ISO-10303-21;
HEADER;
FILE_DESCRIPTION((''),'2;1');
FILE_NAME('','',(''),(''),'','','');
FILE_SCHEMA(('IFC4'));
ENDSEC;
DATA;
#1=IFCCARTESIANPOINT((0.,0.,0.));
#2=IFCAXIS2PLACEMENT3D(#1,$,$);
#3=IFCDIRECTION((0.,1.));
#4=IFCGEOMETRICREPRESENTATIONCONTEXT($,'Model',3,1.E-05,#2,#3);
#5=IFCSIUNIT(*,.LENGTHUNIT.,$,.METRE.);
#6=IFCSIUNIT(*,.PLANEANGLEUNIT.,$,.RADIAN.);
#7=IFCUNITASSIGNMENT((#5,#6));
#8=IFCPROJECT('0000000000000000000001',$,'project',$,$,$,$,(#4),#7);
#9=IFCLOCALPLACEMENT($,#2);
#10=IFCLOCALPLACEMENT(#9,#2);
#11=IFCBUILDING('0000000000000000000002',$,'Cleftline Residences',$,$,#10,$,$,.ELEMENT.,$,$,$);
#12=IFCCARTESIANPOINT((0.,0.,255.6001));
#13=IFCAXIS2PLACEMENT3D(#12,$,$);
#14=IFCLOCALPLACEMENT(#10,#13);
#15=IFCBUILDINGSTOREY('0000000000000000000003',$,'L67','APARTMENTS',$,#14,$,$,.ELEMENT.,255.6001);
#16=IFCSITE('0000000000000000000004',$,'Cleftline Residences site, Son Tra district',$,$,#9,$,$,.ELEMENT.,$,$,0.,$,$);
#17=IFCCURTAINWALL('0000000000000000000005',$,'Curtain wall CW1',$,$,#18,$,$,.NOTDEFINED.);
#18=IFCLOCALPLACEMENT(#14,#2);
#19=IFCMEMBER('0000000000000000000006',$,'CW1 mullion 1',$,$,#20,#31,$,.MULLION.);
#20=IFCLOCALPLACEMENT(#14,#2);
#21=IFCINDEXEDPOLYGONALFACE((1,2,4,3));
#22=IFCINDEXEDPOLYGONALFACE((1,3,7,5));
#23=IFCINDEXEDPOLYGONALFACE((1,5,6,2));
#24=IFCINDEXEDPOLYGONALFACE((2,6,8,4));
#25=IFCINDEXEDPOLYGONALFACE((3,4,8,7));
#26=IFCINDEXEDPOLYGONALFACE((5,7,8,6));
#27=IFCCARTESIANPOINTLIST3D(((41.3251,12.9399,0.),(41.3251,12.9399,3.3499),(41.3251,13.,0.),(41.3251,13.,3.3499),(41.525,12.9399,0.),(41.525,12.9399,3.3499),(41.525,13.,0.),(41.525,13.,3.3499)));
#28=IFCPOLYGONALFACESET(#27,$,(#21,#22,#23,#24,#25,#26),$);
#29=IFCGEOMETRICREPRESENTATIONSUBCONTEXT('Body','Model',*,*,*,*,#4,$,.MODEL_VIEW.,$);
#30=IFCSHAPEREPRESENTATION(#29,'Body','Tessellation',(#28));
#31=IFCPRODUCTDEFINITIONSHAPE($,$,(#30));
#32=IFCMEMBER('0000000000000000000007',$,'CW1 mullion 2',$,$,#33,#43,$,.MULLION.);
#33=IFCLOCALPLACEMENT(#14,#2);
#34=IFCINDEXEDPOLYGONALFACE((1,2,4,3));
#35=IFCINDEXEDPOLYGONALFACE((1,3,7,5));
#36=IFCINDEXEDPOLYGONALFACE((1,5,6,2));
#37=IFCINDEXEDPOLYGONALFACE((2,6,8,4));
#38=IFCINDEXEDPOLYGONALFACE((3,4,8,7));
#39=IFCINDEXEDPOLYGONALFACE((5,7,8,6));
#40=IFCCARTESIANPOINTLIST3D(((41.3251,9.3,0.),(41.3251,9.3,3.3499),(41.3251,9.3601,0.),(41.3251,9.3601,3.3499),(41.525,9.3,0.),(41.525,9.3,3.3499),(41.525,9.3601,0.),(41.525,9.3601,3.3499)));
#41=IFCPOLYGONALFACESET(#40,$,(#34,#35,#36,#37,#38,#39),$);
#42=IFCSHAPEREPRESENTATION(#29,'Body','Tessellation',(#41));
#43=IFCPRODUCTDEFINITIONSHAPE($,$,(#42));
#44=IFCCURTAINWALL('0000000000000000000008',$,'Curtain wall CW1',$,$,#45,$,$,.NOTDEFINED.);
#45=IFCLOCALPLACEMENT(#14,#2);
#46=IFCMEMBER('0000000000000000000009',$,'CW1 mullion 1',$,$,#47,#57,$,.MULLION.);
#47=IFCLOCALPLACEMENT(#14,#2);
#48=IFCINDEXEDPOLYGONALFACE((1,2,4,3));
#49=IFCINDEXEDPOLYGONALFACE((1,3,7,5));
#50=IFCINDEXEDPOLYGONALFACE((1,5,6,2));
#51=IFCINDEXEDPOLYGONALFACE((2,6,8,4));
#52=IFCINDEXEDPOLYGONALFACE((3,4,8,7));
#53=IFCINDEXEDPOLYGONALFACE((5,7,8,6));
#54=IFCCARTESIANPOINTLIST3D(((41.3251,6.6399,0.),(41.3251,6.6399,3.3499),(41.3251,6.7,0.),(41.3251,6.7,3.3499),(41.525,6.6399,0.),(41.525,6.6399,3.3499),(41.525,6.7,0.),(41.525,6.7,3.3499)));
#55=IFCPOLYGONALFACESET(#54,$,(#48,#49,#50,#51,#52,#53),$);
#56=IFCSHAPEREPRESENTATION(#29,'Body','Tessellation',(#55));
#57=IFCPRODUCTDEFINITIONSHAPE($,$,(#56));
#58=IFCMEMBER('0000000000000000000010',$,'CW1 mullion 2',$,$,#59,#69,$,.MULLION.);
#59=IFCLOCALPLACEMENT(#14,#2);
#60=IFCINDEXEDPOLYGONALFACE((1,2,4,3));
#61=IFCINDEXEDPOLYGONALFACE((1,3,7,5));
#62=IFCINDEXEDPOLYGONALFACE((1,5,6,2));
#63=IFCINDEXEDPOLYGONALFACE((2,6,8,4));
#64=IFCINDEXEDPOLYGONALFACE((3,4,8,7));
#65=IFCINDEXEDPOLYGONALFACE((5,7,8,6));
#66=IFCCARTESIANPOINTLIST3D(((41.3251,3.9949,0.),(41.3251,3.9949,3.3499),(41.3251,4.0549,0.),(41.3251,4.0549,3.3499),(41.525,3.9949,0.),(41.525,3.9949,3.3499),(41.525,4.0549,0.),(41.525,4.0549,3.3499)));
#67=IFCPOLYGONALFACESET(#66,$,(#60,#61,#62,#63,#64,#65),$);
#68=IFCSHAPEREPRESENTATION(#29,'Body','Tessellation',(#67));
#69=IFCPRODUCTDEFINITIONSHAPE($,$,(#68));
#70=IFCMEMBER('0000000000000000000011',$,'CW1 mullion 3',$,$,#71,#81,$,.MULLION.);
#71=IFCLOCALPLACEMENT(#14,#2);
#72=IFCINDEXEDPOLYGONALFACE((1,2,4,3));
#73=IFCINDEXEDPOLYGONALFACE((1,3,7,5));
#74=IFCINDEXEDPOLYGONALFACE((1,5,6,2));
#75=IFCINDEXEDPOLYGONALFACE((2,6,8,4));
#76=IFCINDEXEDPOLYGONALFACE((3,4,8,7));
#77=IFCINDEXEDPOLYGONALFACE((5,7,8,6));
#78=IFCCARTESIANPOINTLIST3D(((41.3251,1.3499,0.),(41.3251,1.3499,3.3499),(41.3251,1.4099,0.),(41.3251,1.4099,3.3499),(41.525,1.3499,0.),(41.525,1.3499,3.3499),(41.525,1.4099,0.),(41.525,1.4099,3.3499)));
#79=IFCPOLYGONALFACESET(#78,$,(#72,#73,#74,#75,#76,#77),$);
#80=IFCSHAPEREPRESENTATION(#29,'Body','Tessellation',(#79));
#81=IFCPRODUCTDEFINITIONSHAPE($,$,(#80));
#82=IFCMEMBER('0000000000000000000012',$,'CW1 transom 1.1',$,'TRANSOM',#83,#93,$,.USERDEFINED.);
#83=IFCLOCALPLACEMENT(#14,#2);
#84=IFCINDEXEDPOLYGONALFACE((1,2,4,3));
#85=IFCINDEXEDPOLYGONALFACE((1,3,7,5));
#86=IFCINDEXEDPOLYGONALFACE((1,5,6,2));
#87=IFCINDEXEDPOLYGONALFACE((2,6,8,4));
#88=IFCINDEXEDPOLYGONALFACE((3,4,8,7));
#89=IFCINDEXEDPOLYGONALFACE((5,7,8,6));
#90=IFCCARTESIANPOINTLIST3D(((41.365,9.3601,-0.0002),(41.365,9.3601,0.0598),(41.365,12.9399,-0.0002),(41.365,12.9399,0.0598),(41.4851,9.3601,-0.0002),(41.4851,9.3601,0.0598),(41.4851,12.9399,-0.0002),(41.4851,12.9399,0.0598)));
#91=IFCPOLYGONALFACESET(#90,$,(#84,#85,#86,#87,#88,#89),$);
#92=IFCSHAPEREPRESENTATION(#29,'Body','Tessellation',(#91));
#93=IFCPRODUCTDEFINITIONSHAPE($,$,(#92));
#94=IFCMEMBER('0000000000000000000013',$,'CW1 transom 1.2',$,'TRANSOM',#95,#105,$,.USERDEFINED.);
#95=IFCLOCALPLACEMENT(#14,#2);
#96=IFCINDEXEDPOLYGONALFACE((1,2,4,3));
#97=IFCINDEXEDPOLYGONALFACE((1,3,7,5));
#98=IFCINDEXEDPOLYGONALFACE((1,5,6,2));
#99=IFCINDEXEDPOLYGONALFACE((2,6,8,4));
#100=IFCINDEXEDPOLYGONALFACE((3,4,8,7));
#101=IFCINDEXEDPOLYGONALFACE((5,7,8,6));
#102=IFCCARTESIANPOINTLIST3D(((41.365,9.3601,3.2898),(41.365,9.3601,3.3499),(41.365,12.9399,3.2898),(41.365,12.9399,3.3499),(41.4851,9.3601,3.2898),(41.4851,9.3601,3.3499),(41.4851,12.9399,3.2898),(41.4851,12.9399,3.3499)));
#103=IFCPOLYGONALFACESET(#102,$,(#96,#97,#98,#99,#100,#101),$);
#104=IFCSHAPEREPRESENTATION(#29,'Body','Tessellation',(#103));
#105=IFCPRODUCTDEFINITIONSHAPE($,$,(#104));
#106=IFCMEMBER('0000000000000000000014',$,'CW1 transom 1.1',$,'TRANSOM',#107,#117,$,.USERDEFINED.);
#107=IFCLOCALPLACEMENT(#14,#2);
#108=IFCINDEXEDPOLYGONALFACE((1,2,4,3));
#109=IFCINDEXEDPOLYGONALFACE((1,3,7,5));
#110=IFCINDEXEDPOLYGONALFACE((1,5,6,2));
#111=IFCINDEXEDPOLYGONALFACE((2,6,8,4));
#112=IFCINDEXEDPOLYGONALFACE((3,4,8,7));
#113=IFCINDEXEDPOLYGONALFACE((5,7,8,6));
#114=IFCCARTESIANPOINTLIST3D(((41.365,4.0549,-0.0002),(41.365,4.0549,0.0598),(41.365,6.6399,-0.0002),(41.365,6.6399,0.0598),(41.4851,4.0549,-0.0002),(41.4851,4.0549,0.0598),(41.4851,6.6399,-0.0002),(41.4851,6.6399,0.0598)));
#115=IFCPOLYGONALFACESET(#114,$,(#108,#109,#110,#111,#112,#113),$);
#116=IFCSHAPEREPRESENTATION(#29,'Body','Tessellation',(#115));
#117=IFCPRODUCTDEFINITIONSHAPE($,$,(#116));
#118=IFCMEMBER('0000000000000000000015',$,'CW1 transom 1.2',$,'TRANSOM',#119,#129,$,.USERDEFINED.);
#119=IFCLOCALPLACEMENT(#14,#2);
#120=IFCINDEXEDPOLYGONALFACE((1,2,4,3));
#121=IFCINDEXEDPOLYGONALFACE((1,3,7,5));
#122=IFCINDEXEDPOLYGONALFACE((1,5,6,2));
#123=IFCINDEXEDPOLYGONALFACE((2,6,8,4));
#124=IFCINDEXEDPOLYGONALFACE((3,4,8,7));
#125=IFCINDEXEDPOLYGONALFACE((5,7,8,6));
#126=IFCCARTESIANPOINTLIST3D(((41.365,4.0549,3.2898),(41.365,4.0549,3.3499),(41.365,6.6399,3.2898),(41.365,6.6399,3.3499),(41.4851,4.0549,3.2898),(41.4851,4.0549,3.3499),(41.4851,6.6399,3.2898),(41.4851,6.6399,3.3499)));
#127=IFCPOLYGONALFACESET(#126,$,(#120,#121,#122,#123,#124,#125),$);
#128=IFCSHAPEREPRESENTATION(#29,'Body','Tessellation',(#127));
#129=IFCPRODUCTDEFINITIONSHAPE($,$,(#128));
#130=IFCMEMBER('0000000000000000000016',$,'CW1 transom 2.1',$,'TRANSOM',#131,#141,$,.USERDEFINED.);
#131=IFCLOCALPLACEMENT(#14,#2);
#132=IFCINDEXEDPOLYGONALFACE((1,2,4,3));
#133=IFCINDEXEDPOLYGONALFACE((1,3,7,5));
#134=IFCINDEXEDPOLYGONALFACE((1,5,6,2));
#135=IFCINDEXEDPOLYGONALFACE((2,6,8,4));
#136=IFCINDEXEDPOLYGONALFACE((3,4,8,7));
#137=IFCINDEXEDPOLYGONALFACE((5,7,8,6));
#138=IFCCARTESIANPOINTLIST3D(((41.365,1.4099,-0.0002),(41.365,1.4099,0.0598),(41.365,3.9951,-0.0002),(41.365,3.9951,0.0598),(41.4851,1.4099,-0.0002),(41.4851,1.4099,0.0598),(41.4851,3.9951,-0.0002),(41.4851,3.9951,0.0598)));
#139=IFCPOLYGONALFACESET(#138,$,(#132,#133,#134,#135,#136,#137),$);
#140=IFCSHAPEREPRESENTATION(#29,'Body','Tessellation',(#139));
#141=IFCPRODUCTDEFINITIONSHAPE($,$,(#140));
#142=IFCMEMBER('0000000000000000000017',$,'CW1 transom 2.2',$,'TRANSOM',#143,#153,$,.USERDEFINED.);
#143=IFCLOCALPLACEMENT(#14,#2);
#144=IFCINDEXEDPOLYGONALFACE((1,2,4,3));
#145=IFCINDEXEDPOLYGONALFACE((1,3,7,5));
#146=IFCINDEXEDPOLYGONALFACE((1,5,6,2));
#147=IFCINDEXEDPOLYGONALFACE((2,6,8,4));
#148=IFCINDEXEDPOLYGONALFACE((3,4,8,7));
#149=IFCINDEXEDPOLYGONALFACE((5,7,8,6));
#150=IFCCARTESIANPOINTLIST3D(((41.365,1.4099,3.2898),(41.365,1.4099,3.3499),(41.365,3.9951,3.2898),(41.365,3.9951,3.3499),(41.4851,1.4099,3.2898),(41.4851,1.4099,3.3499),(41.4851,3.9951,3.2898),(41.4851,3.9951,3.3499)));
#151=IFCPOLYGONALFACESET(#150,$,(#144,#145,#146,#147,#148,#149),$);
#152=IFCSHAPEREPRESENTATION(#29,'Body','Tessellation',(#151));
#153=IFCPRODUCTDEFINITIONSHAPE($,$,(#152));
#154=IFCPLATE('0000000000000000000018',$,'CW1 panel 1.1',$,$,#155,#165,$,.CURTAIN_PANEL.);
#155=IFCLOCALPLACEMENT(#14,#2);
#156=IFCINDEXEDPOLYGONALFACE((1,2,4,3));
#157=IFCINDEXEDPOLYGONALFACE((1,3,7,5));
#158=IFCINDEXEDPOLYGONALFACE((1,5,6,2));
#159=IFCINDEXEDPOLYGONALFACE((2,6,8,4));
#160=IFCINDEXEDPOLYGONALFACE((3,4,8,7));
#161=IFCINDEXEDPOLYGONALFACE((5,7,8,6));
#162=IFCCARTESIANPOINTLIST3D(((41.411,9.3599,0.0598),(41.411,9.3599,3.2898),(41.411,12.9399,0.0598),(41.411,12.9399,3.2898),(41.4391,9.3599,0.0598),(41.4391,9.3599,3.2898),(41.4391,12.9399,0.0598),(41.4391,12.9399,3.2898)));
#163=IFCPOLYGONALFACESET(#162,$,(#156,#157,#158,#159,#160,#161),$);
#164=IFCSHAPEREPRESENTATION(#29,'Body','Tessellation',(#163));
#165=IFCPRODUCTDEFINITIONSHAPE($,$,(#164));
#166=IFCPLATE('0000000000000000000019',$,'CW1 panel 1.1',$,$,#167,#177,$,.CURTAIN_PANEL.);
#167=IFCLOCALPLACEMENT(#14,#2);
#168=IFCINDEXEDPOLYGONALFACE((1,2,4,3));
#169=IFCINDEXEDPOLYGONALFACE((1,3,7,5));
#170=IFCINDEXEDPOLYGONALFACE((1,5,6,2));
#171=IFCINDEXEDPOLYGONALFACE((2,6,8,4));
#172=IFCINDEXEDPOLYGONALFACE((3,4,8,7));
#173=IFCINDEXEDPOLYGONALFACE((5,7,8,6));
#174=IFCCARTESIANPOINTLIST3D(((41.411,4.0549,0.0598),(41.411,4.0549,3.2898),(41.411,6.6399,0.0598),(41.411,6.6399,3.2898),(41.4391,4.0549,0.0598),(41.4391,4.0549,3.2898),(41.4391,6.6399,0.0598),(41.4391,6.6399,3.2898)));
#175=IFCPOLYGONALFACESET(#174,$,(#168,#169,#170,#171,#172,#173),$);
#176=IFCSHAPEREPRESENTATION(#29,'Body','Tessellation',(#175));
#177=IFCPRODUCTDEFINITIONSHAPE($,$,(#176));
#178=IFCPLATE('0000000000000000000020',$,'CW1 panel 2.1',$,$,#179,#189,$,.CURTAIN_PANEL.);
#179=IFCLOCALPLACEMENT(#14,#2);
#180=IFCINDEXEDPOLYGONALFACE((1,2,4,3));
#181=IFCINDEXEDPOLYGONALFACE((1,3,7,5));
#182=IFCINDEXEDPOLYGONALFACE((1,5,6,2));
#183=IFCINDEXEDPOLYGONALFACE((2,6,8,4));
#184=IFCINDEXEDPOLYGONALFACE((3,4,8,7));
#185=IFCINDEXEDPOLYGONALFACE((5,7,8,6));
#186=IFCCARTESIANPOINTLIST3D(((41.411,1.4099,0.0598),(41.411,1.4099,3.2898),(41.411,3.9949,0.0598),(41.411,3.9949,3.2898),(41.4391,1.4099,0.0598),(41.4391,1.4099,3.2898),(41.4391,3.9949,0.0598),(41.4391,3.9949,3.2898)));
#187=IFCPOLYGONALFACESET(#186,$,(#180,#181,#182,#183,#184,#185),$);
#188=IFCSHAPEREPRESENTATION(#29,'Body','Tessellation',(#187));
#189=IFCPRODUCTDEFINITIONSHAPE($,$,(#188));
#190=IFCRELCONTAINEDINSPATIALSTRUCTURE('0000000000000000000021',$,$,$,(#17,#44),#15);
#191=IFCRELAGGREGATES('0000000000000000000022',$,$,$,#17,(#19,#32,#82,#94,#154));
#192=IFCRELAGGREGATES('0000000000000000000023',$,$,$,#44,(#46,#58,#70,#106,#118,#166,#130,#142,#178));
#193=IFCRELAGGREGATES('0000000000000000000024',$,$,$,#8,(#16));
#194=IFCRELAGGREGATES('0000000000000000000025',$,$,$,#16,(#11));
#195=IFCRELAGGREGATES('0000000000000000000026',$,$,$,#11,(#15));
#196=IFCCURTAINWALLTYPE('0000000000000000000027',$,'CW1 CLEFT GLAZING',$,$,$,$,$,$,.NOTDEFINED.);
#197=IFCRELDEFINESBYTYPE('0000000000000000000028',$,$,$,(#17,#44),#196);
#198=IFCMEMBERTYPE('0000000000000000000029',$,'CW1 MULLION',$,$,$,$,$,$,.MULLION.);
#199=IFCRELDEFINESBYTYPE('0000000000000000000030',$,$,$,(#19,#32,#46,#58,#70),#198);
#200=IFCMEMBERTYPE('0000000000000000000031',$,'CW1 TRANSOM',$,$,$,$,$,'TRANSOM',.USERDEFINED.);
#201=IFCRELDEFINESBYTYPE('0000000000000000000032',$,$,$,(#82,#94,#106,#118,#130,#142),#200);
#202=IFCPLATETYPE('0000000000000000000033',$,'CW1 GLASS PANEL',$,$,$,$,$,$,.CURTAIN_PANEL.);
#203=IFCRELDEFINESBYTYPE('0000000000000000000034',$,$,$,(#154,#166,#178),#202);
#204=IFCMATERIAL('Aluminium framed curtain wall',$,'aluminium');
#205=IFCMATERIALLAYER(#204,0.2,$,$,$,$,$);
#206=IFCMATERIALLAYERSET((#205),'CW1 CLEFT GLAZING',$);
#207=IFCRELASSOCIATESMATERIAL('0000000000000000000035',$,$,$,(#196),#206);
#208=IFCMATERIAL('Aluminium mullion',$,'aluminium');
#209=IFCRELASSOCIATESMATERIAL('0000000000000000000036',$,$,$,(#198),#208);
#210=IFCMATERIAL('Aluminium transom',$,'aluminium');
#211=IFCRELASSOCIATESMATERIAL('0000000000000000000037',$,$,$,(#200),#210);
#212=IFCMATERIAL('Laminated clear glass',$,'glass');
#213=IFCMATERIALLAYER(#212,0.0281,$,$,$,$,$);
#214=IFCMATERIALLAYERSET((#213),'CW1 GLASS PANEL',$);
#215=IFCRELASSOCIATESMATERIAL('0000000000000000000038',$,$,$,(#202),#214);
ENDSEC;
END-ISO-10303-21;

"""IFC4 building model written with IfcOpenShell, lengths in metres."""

from ifc_helpers import new_model, si_unit, direction, frame, origin, origin_2d, place, context, subcontext, project, spatial, rectangle, extrude, material, layer, layer_set, material_profile, profile_set, type_object, element, aggregate, save


model = new_model("IFC4")

# Units and contexts
model_context = context("Model", 3, precision=1e-05, world=origin(), true_north=direction((0.0, 1.0)))
body_context = subcontext(model_context, "Body", "Model", "MODEL_VIEW")
ifc_project = project(units=[si_unit("LENGTHUNIT", "METRE"), si_unit("PLANEANGLEUNIT", "RADIAN")], contexts=[model_context])

# Site, building, storey
site_placement = place(None, origin())
site = spatial("IfcSite", under=ifc_project, at=site_placement, Name="Cleftline Residences site, Son Tra district", CompositionType="ELEMENT", RefElevation=0.0)
building_placement = place(site_placement, origin())
building = spatial("IfcBuilding", under=site, at=building_placement, Name="Cleftline Residences", CompositionType="ELEMENT")
storey_placement = place(building_placement, frame((0.0, 0.0, 255.6001)))
storey = spatial("IfcBuildingStorey", under=building, at=storey_placement, Name="L67", Description="APARTMENTS", CompositionType="ELEMENT", Elevation=255.6001)

# Curtain walls, members
ifc_material_1 = material(Name="Aluminium framed curtain wall", Category="aluminium")
ifc_layer_1 = layer(ifc_material_1, 0.2)
ifc_layer_set_1 = layer_set([ifc_layer_1], Name="CW1 CLEFT GLAZING")
curtain_wall_type = type_object("IfcCurtainWallType", Name="CW1 CLEFT GLAZING", PredefinedType="NOTDEFINED", material=ifc_layer_set_1)
curtain_wall_1_placement = place(storey_placement, origin())
curtain_wall_1 = element("IfcCurtainWall", 1, at=curtain_wall_1_placement, inside=storey, type_object=curtain_wall_type, Name="Curtain wall CW1", PredefinedType="NOTDEFINED")
ifc_material_2 = material(Name="Aluminium mullion", Category="aluminium")
ifc_material_profile_1 = material_profile(ifc_material_2, rectangle(XDim=0.2, YDim=0.0601, at=origin_2d()))
ifc_profile_set_1 = profile_set([ifc_material_profile_1], Name="Aluminium mullion")
member_type_1 = type_object("IfcMemberType", Name="CW1 MULLION", PredefinedType="MULLION", material=ifc_profile_set_1)
member_1_placement = place(storey_placement, frame((41.425, 12.97, 0.0), z_axis=(0.0, 0.0, 1.0), x_axis=(1.0, 0.0, 0.0)))
member_1 = element("IfcMember", 2, at=member_1_placement, type_object=member_type_1, Name="CW1 mullion 1", PredefinedType="MULLION", context=body_context, shape_type="SweptSolid", body=[
    extrude(rectangle(XDim=0.2, YDim=0.0601, at=origin_2d()), origin(), (0.0, 0.0, 1.0), 3.3499),
])
member_2_placement = place(storey_placement, frame((41.425, 9.3301, 0.0), z_axis=(0.0, 0.0, 1.0), x_axis=(1.0, 0.0, 0.0)))
member_2 = element("IfcMember", 3, at=member_2_placement, type_object=member_type_1, Name="CW1 mullion 2", PredefinedType="MULLION", context=body_context, shape_type="SweptSolid", body=[
    extrude(rectangle(XDim=0.2, YDim=0.0601, at=origin_2d()), origin(), (0.0, 0.0, 1.0), 3.3499),
])
curtain_wall_2_placement = place(storey_placement, origin())
curtain_wall_2 = element("IfcCurtainWall", 4, at=curtain_wall_2_placement, inside=storey, type_object=curtain_wall_type, Name="Curtain wall CW1", PredefinedType="NOTDEFINED")
member_3_placement = place(storey_placement, frame((41.425, 6.6699, 0.0), z_axis=(0.0, 0.0, 1.0), x_axis=(1.0, 0.0, 0.0)))
member_3 = element("IfcMember", 5, at=member_3_placement, type_object=member_type_1, Name="CW1 mullion 1", PredefinedType="MULLION", context=body_context, shape_type="SweptSolid", body=[
    extrude(rectangle(XDim=0.2, YDim=0.0601, at=origin_2d()), origin(), (0.0, 0.0, 1.0), 3.3499),
])
member_4_placement = place(storey_placement, frame((41.425, 4.0249, 0.0), z_axis=(0.0, 0.0, 1.0), x_axis=(1.0, 0.0, 0.0)))
member_4 = element("IfcMember", 6, at=member_4_placement, type_object=member_type_1, Name="CW1 mullion 2", PredefinedType="MULLION", context=body_context, shape_type="SweptSolid", body=[
    extrude(rectangle(XDim=0.2, YDim=0.0601, at=origin_2d()), origin(), (0.0, 0.0, 1.0), 3.3499),
])
member_5_placement = place(storey_placement, frame((41.425, 1.3799, 0.0), z_axis=(0.0, 0.0, 1.0), x_axis=(1.0, 0.0, 0.0)))
member_5 = element("IfcMember", 7, at=member_5_placement, type_object=member_type_1, Name="CW1 mullion 3", PredefinedType="MULLION", context=body_context, shape_type="SweptSolid", body=[
    extrude(rectangle(XDim=0.2, YDim=0.0601, at=origin_2d()), origin(), (0.0, 0.0, 1.0), 3.3499),
])

# Members
ifc_material_3 = material(Name="Aluminium transom", Category="aluminium")
ifc_material_profile_2 = material_profile(ifc_material_3, rectangle(XDim=0.1201, YDim=0.0601, at=origin_2d()))
ifc_profile_set_2 = profile_set([ifc_material_profile_2], Name="Aluminium transom")
member_type_2 = type_object("IfcMemberType", Name="CW1 TRANSOM", ElementType="TRANSOM", PredefinedType="USERDEFINED", material=ifc_profile_set_2)
member_6_placement = place(storey_placement, frame((41.425, 12.9399, 0.0298), z_axis=(0.0, -1.0, 0.0), x_axis=(1.0, 0.0, 0.0)))
member_6 = element("IfcMember", 8, at=member_6_placement, type_object=member_type_2, Name="CW1 transom 1.1", ObjectType="TRANSOM", PredefinedType="USERDEFINED", context=body_context, shape_type="SweptSolid", body=[
    extrude(rectangle(XDim=0.1201, YDim=0.0601, at=origin_2d()), origin(), (0.0, 0.0, 1.0), 3.5798),
])
member_7_placement = place(storey_placement, frame((41.425, 12.9399, 3.3198), z_axis=(0.0, -1.0, 0.0), x_axis=(1.0, 0.0, 0.0)))
member_7 = element("IfcMember", 9, at=member_7_placement, type_object=member_type_2, Name="CW1 transom 1.2", ObjectType="TRANSOM", PredefinedType="USERDEFINED", context=body_context, shape_type="SweptSolid", body=[
    extrude(rectangle(XDim=0.1201, YDim=0.0601, at=origin_2d()), origin(), (0.0, 0.0, 1.0), 3.5798),
])
member_8_placement = place(storey_placement, frame((41.425, 6.6399, 0.0298), z_axis=(0.0, -1.0, 0.0), x_axis=(1.0, 0.0, 0.0)))
member_8 = element("IfcMember", 10, at=member_8_placement, type_object=member_type_2, Name="CW1 transom 1.1", ObjectType="TRANSOM", PredefinedType="USERDEFINED", context=body_context, shape_type="SweptSolid", body=[
    extrude(rectangle(XDim=0.1201, YDim=0.0601, at=origin_2d()), origin(), (0.0, 0.0, 1.0), 2.585),
])
member_9_placement = place(storey_placement, frame((41.425, 6.6399, 3.3198), z_axis=(0.0, -1.0, 0.0), x_axis=(1.0, 0.0, 0.0)))
member_9 = element("IfcMember", 11, at=member_9_placement, type_object=member_type_2, Name="CW1 transom 1.2", ObjectType="TRANSOM", PredefinedType="USERDEFINED", context=body_context, shape_type="SweptSolid", body=[
    extrude(rectangle(XDim=0.1201, YDim=0.0601, at=origin_2d()), origin(), (0.0, 0.0, 1.0), 2.585),
])
member_10_placement = place(storey_placement, frame((41.425, 3.9951, 0.0298), z_axis=(0.0, -1.0, 0.0), x_axis=(1.0, 0.0, 0.0)))
member_10 = element("IfcMember", 12, at=member_10_placement, type_object=member_type_2, Name="CW1 transom 2.1", ObjectType="TRANSOM", PredefinedType="USERDEFINED", context=body_context, shape_type="SweptSolid", body=[
    extrude(rectangle(XDim=0.1201, YDim=0.0601, at=origin_2d()), origin(), (0.0, 0.0, 1.0), 2.5852),
])
member_11_placement = place(storey_placement, frame((41.425, 3.9951, 3.3198), z_axis=(0.0, -1.0, 0.0), x_axis=(1.0, 0.0, 0.0)))
member_11 = element("IfcMember", 13, at=member_11_placement, type_object=member_type_2, Name="CW1 transom 2.2", ObjectType="TRANSOM", PredefinedType="USERDEFINED", context=body_context, shape_type="SweptSolid", body=[
    extrude(rectangle(XDim=0.1201, YDim=0.0601, at=origin_2d()), origin(), (0.0, 0.0, 1.0), 2.5852),
])

# Plates
ifc_material_4 = material(Name="Laminated clear glass", Category="glass")
ifc_layer_2 = layer(ifc_material_4, 0.0281)
ifc_layer_set_2 = layer_set([ifc_layer_2], Name="CW1 GLASS PANEL")
plate_type = type_object("IfcPlateType", Name="CW1 GLASS PANEL", PredefinedType="CURTAIN_PANEL", material=ifc_layer_set_2)
plate_1_placement = place(storey_placement, frame((41.425, 11.1499, 0.0598), z_axis=(0.0, 0.0, 1.0), x_axis=(0.0, -1.0, 0.0)))
plate_1 = element("IfcPlate", 14, at=plate_1_placement, type_object=plate_type, Name="CW1 panel 1.1", PredefinedType="CURTAIN_PANEL", context=body_context, shape_type="SweptSolid", body=[
    extrude(rectangle(XDim=3.5801, YDim=0.0281, at=origin_2d()), origin(), (0.0, 0.0, 1.0), 3.23),
])
aggregate(curtain_wall_1, [member_1, member_2, member_6, member_7, plate_1])
plate_2_placement = place(storey_placement, frame((41.425, 5.3474, 0.0598), z_axis=(0.0, 0.0, 1.0), x_axis=(0.0, -1.0, 0.0)))
plate_2 = element("IfcPlate", 15, at=plate_2_placement, type_object=plate_type, Name="CW1 panel 1.1", PredefinedType="CURTAIN_PANEL", context=body_context, shape_type="SweptSolid", body=[
    extrude(rectangle(XDim=2.585, YDim=0.0281, at=origin_2d()), origin(), (0.0, 0.0, 1.0), 3.23),
])
plate_3_placement = place(storey_placement, frame((41.425, 2.7024, 0.0598), z_axis=(0.0, 0.0, 1.0), x_axis=(0.0, -1.0, 0.0)))
plate_3 = element("IfcPlate", 16, at=plate_3_placement, type_object=plate_type, Name="CW1 panel 2.1", PredefinedType="CURTAIN_PANEL", context=body_context, shape_type="SweptSolid", body=[
    extrude(rectangle(XDim=2.585, YDim=0.0281, at=origin_2d()), origin(), (0.0, 0.0, 1.0), 3.23),
])
aggregate(curtain_wall_2, [member_3, member_4, member_5, member_8, member_9, plate_2, member_10, member_11, plate_3])

save(model, "model.ifc")
